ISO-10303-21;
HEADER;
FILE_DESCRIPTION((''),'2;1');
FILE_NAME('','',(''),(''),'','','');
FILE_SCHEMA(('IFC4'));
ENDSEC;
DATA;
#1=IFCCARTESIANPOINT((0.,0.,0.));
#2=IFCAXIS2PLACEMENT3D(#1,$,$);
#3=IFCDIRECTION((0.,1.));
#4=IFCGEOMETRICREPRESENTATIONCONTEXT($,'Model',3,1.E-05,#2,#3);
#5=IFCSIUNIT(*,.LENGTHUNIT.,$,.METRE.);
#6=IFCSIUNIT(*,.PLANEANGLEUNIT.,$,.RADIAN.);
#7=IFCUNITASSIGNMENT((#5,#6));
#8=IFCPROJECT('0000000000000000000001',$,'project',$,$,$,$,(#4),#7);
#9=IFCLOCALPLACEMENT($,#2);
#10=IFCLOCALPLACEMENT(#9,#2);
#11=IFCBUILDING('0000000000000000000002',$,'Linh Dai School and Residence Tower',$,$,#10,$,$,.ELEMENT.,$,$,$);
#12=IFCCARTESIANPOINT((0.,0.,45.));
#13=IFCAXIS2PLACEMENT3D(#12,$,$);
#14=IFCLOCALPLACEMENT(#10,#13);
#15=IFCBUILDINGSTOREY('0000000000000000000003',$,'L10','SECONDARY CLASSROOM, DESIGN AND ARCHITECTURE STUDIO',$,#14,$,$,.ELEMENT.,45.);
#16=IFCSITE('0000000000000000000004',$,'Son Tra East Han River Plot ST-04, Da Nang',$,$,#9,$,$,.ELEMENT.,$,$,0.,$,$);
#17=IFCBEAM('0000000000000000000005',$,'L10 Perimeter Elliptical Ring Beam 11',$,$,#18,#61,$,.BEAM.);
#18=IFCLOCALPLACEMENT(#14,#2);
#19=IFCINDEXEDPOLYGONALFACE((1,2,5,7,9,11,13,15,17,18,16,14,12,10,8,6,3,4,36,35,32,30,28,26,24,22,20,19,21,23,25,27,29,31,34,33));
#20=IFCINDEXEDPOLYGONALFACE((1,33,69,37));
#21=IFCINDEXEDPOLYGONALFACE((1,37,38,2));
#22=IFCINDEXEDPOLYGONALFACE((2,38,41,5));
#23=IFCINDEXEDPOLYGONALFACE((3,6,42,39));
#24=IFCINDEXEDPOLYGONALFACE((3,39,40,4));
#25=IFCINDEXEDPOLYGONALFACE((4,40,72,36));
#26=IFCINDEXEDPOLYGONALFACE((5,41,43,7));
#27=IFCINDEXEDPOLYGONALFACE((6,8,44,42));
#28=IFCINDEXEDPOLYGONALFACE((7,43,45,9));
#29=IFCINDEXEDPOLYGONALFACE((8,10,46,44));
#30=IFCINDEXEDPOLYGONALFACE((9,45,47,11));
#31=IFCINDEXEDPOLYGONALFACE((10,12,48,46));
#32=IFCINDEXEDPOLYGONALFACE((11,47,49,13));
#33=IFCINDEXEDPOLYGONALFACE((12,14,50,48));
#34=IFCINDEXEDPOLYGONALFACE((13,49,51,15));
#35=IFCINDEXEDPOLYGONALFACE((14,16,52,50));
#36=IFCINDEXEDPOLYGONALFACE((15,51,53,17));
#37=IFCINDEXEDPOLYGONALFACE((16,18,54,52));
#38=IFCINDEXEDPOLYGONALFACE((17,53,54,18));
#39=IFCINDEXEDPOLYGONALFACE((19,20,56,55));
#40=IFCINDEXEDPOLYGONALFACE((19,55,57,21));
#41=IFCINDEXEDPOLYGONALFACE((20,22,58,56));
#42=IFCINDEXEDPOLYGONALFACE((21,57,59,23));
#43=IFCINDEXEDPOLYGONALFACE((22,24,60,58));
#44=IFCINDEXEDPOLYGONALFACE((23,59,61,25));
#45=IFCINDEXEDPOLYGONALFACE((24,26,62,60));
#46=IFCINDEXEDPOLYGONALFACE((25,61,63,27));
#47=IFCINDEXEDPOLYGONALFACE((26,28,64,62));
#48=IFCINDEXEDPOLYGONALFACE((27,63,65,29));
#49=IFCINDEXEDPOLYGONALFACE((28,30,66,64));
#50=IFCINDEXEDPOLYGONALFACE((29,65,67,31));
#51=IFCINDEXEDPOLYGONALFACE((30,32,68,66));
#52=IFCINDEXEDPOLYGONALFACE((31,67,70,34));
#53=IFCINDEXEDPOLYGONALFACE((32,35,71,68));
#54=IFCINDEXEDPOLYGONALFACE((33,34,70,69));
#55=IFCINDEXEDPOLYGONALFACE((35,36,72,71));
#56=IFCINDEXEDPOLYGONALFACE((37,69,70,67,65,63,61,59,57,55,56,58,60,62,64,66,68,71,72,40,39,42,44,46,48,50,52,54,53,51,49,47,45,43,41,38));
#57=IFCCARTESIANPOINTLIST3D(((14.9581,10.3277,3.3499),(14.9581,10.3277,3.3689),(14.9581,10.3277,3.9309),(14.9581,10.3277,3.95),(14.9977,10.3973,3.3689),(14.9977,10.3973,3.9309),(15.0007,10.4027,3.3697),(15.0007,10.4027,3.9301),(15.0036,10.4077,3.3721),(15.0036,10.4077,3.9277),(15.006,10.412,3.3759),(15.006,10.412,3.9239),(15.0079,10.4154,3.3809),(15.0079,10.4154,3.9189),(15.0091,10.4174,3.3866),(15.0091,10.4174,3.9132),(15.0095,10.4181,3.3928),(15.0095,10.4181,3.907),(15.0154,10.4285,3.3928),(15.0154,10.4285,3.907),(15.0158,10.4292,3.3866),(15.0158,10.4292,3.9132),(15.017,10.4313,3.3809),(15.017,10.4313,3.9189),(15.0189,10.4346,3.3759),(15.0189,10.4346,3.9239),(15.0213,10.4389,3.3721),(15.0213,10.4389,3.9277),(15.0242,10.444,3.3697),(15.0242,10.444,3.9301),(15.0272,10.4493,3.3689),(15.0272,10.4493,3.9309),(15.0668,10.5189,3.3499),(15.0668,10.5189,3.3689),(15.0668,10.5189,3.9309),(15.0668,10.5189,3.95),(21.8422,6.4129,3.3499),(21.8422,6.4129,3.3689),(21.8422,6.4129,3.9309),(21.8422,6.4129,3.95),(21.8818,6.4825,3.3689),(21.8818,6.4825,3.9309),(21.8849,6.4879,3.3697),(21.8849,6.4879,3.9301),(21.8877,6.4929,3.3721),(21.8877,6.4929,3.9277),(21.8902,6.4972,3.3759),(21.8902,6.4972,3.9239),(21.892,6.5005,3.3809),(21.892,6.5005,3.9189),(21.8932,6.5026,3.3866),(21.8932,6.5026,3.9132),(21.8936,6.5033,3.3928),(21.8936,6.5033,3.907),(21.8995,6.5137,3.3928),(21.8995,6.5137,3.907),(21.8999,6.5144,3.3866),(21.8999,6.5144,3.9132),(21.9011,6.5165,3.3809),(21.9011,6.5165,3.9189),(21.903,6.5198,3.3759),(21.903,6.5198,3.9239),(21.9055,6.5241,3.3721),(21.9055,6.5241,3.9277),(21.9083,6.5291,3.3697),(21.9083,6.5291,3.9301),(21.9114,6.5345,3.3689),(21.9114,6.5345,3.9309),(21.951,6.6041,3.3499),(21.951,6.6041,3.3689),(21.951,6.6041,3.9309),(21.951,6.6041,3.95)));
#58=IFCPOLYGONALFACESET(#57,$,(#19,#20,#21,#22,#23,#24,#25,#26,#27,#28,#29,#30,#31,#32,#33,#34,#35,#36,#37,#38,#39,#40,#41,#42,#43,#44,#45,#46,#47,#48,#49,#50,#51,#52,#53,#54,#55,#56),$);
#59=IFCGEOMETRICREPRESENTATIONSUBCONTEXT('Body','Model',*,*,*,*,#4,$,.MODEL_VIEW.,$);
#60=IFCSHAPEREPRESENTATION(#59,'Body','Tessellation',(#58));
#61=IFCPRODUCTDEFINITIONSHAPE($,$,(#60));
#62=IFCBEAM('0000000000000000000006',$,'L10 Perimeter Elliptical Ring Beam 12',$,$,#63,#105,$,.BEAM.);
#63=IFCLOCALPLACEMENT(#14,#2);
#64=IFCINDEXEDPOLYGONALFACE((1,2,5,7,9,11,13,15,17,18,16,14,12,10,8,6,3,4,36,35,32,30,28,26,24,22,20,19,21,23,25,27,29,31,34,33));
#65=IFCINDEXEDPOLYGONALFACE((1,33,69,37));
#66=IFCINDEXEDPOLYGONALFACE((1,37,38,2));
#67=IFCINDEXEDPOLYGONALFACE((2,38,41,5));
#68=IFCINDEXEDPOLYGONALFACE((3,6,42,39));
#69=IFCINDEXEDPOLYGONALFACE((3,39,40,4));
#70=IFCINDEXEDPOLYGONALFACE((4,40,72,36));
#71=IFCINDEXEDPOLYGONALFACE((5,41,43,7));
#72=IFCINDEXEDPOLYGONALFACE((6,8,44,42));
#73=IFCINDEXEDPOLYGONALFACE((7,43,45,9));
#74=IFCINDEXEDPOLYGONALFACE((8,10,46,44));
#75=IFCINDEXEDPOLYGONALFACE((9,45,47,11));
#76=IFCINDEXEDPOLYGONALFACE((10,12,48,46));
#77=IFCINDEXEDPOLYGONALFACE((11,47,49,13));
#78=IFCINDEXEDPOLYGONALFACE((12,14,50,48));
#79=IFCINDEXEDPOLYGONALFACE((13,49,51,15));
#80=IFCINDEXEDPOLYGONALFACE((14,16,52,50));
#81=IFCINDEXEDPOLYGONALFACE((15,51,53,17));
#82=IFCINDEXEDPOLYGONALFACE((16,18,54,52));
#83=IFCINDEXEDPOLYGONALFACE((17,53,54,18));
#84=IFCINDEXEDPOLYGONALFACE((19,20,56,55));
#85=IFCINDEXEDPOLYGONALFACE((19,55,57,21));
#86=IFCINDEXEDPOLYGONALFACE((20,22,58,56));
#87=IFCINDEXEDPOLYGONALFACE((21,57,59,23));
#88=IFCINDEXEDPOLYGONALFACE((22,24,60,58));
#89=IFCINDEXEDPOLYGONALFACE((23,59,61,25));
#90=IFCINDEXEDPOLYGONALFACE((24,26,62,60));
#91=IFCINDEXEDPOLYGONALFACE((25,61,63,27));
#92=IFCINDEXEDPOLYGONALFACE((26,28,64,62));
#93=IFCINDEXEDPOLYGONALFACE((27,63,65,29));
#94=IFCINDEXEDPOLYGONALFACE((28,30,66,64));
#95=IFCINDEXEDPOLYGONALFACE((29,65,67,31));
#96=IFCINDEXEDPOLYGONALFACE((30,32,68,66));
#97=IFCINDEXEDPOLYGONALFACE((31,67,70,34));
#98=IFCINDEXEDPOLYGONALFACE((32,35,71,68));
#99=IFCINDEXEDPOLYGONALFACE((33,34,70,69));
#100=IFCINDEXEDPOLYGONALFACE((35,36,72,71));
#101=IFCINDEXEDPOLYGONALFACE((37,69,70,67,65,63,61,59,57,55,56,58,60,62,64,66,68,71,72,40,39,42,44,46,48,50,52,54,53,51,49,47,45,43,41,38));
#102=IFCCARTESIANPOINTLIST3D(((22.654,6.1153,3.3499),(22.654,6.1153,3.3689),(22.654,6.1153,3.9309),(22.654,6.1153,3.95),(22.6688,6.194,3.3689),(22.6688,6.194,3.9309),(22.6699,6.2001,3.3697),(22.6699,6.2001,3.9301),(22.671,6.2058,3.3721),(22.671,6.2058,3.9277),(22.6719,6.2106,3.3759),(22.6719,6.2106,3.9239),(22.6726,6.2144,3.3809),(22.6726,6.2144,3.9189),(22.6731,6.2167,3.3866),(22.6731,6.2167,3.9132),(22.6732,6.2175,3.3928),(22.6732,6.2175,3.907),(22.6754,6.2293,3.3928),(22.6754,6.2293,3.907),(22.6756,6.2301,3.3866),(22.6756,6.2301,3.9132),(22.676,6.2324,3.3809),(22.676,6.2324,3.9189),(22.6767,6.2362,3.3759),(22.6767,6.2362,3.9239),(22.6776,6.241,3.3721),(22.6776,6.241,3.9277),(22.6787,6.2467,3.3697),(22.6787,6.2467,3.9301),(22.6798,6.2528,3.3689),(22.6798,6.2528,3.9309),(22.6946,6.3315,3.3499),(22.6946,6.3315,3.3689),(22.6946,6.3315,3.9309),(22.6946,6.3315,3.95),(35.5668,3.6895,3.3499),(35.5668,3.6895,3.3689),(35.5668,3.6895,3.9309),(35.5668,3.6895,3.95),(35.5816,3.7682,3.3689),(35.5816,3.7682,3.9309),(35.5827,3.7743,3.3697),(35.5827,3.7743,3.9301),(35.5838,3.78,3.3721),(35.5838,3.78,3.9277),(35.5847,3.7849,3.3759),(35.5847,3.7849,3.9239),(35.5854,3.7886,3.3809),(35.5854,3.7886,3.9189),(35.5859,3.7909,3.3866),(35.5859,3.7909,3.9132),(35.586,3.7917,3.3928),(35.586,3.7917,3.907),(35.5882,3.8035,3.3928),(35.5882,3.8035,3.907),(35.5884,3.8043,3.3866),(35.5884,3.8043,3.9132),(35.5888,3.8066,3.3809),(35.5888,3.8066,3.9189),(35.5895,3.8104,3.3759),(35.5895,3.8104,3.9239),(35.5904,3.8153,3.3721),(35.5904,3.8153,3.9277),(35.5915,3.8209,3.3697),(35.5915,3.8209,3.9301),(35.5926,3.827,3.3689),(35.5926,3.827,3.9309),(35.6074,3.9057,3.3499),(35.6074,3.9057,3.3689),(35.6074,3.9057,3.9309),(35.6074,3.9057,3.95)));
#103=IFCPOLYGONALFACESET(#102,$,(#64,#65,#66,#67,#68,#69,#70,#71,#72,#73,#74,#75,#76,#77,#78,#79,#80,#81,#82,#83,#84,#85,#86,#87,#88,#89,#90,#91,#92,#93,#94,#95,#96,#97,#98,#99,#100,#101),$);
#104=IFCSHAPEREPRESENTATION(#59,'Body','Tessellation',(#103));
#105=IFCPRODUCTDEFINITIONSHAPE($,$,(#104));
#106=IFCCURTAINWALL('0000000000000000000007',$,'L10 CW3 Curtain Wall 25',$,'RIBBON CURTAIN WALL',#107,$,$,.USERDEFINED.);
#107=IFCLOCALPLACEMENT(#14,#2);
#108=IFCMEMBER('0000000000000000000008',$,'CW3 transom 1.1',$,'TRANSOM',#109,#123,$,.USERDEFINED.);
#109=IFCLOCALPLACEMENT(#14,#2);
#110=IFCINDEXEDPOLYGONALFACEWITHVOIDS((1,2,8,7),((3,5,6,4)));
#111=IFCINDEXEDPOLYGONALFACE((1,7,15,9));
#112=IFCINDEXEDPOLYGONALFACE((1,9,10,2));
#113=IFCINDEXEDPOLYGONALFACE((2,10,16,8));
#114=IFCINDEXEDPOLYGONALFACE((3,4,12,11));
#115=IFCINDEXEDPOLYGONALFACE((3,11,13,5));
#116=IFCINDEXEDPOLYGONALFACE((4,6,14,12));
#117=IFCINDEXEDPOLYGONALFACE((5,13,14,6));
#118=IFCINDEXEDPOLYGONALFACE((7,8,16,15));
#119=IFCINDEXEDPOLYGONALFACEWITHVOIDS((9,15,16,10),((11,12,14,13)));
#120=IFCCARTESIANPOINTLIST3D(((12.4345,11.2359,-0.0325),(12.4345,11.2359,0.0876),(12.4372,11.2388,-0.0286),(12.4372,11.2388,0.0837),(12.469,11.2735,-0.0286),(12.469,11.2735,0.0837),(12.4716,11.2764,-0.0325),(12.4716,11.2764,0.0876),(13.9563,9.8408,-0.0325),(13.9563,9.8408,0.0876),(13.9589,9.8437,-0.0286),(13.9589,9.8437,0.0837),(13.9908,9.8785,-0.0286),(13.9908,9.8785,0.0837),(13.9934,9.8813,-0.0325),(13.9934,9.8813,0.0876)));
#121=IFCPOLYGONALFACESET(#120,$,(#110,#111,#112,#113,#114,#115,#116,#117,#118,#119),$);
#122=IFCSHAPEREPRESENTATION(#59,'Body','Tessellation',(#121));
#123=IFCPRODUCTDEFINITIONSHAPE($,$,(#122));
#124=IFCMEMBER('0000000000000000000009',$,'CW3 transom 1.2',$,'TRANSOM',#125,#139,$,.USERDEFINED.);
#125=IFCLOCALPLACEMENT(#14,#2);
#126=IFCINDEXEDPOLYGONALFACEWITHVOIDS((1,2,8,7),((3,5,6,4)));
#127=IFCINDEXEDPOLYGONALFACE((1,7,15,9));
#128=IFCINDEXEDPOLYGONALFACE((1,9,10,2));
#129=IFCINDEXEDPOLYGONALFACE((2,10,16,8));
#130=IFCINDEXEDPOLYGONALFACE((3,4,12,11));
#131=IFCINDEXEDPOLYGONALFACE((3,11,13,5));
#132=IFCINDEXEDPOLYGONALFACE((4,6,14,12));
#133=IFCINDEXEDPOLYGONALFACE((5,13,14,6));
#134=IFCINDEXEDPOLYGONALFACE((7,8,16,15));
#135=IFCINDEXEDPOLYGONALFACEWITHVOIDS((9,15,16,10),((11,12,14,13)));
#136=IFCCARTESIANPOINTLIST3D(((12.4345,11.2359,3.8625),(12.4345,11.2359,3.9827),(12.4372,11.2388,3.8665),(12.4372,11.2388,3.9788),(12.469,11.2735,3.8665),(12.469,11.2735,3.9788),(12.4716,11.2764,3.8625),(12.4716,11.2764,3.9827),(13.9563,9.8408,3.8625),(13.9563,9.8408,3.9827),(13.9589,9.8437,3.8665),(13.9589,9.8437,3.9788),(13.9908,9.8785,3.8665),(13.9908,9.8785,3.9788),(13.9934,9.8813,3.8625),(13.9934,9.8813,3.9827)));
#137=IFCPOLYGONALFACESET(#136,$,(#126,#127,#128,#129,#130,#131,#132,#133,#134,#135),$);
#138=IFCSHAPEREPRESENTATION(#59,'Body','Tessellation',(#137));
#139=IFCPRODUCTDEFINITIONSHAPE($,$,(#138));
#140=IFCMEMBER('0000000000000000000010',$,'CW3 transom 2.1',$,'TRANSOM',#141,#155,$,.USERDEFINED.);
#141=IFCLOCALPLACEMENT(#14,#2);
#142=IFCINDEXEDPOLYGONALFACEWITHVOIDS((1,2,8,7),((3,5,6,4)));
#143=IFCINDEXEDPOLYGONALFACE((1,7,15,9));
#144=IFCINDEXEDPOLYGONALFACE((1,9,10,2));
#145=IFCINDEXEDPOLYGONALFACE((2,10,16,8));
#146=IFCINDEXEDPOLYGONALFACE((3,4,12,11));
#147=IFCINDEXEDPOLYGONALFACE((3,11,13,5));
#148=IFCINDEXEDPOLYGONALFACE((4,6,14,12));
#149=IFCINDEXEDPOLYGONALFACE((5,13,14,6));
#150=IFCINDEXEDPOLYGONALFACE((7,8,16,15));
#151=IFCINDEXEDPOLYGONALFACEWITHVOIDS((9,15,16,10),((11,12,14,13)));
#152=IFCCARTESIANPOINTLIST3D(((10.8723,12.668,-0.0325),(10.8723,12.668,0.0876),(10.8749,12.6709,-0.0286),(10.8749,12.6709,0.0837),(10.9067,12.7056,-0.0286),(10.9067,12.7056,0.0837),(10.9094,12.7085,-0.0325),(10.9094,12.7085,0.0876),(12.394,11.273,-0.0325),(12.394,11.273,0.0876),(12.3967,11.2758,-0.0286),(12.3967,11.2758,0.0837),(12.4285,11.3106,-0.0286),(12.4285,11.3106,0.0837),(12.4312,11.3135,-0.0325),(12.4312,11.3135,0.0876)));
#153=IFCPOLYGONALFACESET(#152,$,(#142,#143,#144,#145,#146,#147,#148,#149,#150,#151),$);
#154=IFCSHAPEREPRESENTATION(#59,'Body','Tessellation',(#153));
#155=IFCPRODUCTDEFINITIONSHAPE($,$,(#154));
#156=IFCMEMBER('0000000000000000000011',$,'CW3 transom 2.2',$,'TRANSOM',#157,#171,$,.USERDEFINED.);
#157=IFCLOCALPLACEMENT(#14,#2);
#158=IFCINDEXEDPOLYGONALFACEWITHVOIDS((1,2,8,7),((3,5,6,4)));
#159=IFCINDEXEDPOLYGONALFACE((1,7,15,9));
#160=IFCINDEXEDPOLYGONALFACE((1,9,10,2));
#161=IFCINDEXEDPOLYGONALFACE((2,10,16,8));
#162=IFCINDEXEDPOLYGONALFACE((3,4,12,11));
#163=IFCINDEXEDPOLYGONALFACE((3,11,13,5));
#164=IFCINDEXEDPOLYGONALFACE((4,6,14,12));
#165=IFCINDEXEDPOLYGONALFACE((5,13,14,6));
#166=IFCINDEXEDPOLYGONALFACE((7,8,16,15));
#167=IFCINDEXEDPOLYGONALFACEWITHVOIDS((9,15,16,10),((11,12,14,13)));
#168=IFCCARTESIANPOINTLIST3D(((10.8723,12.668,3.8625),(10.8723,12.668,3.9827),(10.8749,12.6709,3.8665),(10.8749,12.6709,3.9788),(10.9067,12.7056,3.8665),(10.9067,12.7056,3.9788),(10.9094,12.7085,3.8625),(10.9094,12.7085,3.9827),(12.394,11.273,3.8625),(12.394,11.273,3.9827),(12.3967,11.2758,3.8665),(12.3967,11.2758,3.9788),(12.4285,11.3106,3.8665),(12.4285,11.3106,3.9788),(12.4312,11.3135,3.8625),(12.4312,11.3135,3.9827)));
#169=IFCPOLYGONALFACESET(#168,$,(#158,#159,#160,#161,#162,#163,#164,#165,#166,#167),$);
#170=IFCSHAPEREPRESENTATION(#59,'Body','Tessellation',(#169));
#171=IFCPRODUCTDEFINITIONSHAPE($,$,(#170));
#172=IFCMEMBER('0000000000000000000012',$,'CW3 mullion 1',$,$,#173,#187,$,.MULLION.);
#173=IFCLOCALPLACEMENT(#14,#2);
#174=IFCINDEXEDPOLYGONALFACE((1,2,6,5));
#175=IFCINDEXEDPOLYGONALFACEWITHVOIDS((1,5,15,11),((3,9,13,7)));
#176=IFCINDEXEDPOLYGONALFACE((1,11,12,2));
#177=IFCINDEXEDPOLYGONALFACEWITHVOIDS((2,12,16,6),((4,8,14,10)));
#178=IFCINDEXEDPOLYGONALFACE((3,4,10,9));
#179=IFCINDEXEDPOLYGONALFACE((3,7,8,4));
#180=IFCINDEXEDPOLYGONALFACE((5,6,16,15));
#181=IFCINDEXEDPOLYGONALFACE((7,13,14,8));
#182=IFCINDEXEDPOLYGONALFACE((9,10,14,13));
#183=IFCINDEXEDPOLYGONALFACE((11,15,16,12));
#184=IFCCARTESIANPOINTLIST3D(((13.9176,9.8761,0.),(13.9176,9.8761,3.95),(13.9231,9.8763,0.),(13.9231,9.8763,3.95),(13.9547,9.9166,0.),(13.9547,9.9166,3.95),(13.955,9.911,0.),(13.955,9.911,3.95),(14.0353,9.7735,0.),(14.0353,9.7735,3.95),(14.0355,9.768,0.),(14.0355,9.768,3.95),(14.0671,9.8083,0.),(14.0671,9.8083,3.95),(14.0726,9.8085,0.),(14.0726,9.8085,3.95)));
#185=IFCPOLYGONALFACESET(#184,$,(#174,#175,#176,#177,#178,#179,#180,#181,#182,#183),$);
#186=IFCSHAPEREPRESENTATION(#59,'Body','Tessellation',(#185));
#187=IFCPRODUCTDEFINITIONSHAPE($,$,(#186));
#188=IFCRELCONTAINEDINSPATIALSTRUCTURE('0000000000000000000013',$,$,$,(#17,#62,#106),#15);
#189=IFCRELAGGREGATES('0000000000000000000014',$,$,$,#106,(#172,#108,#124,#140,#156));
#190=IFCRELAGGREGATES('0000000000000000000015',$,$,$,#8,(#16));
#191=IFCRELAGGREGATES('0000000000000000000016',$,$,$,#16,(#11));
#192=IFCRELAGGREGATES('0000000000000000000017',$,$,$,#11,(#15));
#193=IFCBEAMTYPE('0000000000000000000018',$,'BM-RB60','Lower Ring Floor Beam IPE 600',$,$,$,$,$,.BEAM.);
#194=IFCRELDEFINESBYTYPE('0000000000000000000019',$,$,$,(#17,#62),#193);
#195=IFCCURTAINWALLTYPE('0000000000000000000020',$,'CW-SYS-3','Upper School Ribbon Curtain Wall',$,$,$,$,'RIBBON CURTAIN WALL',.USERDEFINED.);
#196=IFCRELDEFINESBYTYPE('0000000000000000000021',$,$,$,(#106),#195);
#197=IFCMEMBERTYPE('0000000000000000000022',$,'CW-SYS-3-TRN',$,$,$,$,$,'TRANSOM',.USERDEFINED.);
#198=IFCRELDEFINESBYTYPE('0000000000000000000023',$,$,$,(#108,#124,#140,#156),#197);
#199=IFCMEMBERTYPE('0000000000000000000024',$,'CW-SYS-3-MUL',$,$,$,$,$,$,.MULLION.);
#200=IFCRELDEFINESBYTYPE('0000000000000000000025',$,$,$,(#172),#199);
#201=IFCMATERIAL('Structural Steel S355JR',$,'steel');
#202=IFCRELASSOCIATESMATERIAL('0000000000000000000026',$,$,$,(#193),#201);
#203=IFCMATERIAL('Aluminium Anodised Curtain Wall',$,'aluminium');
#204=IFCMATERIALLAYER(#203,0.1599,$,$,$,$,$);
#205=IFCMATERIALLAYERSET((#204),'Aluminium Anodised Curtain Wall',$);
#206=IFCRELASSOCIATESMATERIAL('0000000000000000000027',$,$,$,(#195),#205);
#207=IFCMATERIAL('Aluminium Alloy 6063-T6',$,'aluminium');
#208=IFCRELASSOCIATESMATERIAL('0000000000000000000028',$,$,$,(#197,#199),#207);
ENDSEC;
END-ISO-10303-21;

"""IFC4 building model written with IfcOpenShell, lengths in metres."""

from ifc_helpers import new_model, si_unit, direction, frame, origin, origin_2d, place, context, subcontext, project, spatial, hollow_rectangle, i_section, extrude, source, transform, mapped, material, layer, layer_set, material_profile, profile_set, type_object, element, aggregate, save


model = new_model("IFC4")

# Units and contexts
model_context = context("Model", 3, precision=1e-05, world=origin(), true_north=direction((0.0, 1.0)))
body_context = subcontext(model_context, "Body", "Model", "MODEL_VIEW")
ifc_project = project(units=[si_unit("LENGTHUNIT", "METRE"), si_unit("PLANEANGLEUNIT", "RADIAN")], contexts=[model_context])

# Site, building, storey
site_placement = place(None, origin())
site = spatial("IfcSite", under=ifc_project, at=site_placement, Name="Son Tra East Han River Plot ST-04, Da Nang", CompositionType="ELEMENT", RefElevation=0.0)
building_placement = place(site_placement, origin())
building = spatial("IfcBuilding", under=site, at=building_placement, Name="Linh Dai School and Residence Tower", CompositionType="ELEMENT")
storey_placement = place(building_placement, frame((0.0, 0.0, 45.0)))
storey = spatial("IfcBuildingStorey", under=building, at=storey_placement, Name="L10", Description="SECONDARY CLASSROOM, DESIGN AND ARCHITECTURE STUDIO", CompositionType="ELEMENT", Elevation=45.0)

# Shared definitions
ifc_material_1 = material(Name="Structural Steel S355JR", Category="steel")

# Beams
ifc_material_profile_1 = material_profile(ifc_material_1, i_section(OverallWidth=0.22, OverallDepth=0.6001, WebThickness=0.012, FlangeThickness=0.019, FilletRadius=0.0239, at=origin_2d()), Name="IPE 600")
ifc_profile_set_1 = profile_set([ifc_material_profile_1], Name="Structural Steel S355JR")
beam_type = type_object("IfcBeamType", Name="BM-RB60", Description="Lower Ring Floor Beam IPE 600", PredefinedType="BEAM", material=ifc_profile_set_1)
beam_1_placement = place(storey_placement, frame((15.0125, 10.4233, 3.6499), z_axis=(0.869271, -0.494335, 0.0), x_axis=(0.494335, 0.869271, 0.0)))
element("IfcBeam", 1, at=beam_1_placement, inside=storey, type_object=beam_type, Name="L10 Perimeter Elliptical Ring Beam 11", PredefinedType="BEAM", context=body_context, shape_type="SweptSolid", body=[
    extrude(i_section(OverallWidth=0.22, OverallDepth=0.6001, WebThickness=0.012, FlangeThickness=0.019, FilletRadius=0.0239, at=origin_2d()), origin(), (0.0, 0.0, 1.0), 7.9194),
])
beam_2_placement = place(storey_placement, frame((22.6743, 6.2234, 3.6499), z_axis=(0.982808, -0.184628, 0.0), x_axis=(0.184628, 0.982808, 0.0)))
element("IfcBeam", 2, at=beam_2_placement, inside=storey, type_object=beam_type, Name="L10 Perimeter Elliptical Ring Beam 12", PredefinedType="BEAM", context=body_context, shape_type="SweptSolid", body=[
    extrude(i_section(OverallWidth=0.22, OverallDepth=0.6001, WebThickness=0.012, FlangeThickness=0.019, FilletRadius=0.0239, at=origin_2d()), origin(), (0.0, 0.0, 1.0), 13.1387),
])

# Curtain wall, members
ifc_material_2 = material(Name="Aluminium Anodised Curtain Wall", Category="aluminium")
ifc_layer_1 = layer(ifc_material_2, 0.1599)
ifc_layer_set_1 = layer_set([ifc_layer_1], Name="Aluminium Anodised Curtain Wall")
curtain_wall_type = type_object("IfcCurtainWallType", Name="CW-SYS-3", Description="Upper School Ribbon Curtain Wall", ElementType="RIBBON CURTAIN WALL", PredefinedType="USERDEFINED", material=ifc_layer_set_1)
curtain_wall_placement = place(storey_placement, origin())
curtain_wall = element("IfcCurtainWall", 3, at=curtain_wall_placement, inside=storey, type_object=curtain_wall_type, Name="L10 CW3 Curtain Wall 25", ObjectType="RIBBON CURTAIN WALL", PredefinedType="USERDEFINED")
ifc_material_3 = material(Name="Aluminium Alloy 6063-T6", Category="aluminium")
ifc_material_profile_2 = material_profile(ifc_material_3, hollow_rectangle(XDim=0.0549, YDim=0.1201, WallThickness=0.0039, at=origin_2d()), Name="RHS 120x55x4")
ifc_profile_set_2 = profile_set([ifc_material_profile_2], Name="Aluminium Alloy 6063-T6")
member_type_1 = type_object("IfcMemberType", Name="CW-SYS-3-TRN", ElementType="TRANSOM", PredefinedType="USERDEFINED", material=ifc_profile_set_2)
shared_shape_1 = source(origin(), body_context, "Body", "SweptSolid", [
    extrude(hollow_rectangle(XDim=0.0549, YDim=0.1201, WallThickness=0.0039, at=origin_2d()), origin(), (0.0, 0.0, 1.0), 2.0645),
])
member_1_placement = place(storey_placement, frame((13.9749, 9.8611, 0.0276), z_axis=(-0.73713, 0.675751, 0.0), x_axis=(-0.675751, -0.73713, 0.0)))
member_1 = element("IfcMember", 4, at=member_1_placement, type_object=member_type_1, Name="CW3 transom 1.1", ObjectType="TRANSOM", PredefinedType="USERDEFINED", context=body_context, shape_type="MappedRepresentation", body=[
    mapped(shared_shape_1, transform((0.0, 0.0, 0.0), x_axis=(1.0, 0.0, 0.0), y_axis=(0.0, 1.0, 0.0), z_axis=(0.0, 0.0, 1.0), scale=1.0)),
])
member_2_placement = place(storey_placement, frame((13.9749, 9.8611, 3.9226), z_axis=(-0.73713, 0.675751, 0.0), x_axis=(-0.675751, -0.73713, 0.0)))
member_2 = element("IfcMember", 5, at=member_2_placement, type_object=member_type_1, Name="CW3 transom 1.2", ObjectType="TRANSOM", PredefinedType="USERDEFINED", context=body_context, shape_type="MappedRepresentation", body=[
    mapped(shared_shape_1, transform((0.0, 0.0, 0.0), x_axis=(1.0, 0.0, 0.0), y_axis=(0.0, 1.0, 0.0), z_axis=(0.0, 0.0, 1.0), scale=1.0)),
])
member_3_placement = place(storey_placement, frame((12.4126, 11.2932, 0.0276), z_axis=(-0.73713, 0.675751, 0.0), x_axis=(-0.675751, -0.73713, 0.0)))
member_3 = element("IfcMember", 6, at=member_3_placement, type_object=member_type_1, Name="CW3 transom 2.1", ObjectType="TRANSOM", PredefinedType="USERDEFINED", context=body_context, shape_type="MappedRepresentation", body=[
    mapped(shared_shape_1, transform((0.0, 0.0, 0.0), x_axis=(1.0, 0.0, 0.0), y_axis=(0.0, 1.0, 0.0), z_axis=(0.0, 0.0, 1.0), scale=1.0)),
])
member_4_placement = place(storey_placement, frame((12.4126, 11.2932, 3.9226), z_axis=(-0.73713, 0.675751, 0.0), x_axis=(-0.675751, -0.73713, 0.0)))
member_4 = element("IfcMember", 7, at=member_4_placement, type_object=member_type_1, Name="CW3 transom 2.2", ObjectType="TRANSOM", PredefinedType="USERDEFINED", context=body_context, shape_type="MappedRepresentation", body=[
    mapped(shared_shape_1, transform((0.0, 0.0, 0.0), x_axis=(1.0, 0.0, 0.0), y_axis=(0.0, 1.0, 0.0), z_axis=(0.0, 0.0, 1.0), scale=1.0)),
])
ifc_material_profile_3 = material_profile(ifc_material_3, hollow_rectangle(XDim=0.0549, YDim=0.1599, WallThickness=0.0039, at=origin_2d()), Name="RHS 160x55x4")
ifc_profile_set_3 = profile_set([ifc_material_profile_3], Name="Aluminium Alloy 6063-T6")
member_type_2 = type_object("IfcMemberType", Name="CW-SYS-3-MUL", PredefinedType="MULLION", material=ifc_profile_set_3)
shared_shape_2 = source(origin(), body_context, "Body", "SweptSolid", [
    extrude(hollow_rectangle(XDim=0.0549, YDim=0.1599, WallThickness=0.0039, at=origin_2d()), origin(), (0.0, 0.0, 1.0), 3.95),
])
member_5_placement = place(storey_placement, frame((13.9951, 9.8423, 0.0), z_axis=(0.0, 0.0, 1.0), x_axis=(-0.675769, -0.737113, 0.0)))
member_5 = element("IfcMember", 8, at=member_5_placement, type_object=member_type_2, Name="CW3 mullion 1", PredefinedType="MULLION", context=body_context, shape_type="MappedRepresentation", body=[
    mapped(shared_shape_2, transform((0.0, 0.0, 0.0), x_axis=(1.0, 0.0, 0.0), y_axis=(0.0, 1.0, 0.0), z_axis=(0.0, 0.0, 1.0), scale=1.0)),
])

aggregate(curtain_wall, [member_5, member_1, member_2, member_3, member_4])

save(model, "model.ifc")
